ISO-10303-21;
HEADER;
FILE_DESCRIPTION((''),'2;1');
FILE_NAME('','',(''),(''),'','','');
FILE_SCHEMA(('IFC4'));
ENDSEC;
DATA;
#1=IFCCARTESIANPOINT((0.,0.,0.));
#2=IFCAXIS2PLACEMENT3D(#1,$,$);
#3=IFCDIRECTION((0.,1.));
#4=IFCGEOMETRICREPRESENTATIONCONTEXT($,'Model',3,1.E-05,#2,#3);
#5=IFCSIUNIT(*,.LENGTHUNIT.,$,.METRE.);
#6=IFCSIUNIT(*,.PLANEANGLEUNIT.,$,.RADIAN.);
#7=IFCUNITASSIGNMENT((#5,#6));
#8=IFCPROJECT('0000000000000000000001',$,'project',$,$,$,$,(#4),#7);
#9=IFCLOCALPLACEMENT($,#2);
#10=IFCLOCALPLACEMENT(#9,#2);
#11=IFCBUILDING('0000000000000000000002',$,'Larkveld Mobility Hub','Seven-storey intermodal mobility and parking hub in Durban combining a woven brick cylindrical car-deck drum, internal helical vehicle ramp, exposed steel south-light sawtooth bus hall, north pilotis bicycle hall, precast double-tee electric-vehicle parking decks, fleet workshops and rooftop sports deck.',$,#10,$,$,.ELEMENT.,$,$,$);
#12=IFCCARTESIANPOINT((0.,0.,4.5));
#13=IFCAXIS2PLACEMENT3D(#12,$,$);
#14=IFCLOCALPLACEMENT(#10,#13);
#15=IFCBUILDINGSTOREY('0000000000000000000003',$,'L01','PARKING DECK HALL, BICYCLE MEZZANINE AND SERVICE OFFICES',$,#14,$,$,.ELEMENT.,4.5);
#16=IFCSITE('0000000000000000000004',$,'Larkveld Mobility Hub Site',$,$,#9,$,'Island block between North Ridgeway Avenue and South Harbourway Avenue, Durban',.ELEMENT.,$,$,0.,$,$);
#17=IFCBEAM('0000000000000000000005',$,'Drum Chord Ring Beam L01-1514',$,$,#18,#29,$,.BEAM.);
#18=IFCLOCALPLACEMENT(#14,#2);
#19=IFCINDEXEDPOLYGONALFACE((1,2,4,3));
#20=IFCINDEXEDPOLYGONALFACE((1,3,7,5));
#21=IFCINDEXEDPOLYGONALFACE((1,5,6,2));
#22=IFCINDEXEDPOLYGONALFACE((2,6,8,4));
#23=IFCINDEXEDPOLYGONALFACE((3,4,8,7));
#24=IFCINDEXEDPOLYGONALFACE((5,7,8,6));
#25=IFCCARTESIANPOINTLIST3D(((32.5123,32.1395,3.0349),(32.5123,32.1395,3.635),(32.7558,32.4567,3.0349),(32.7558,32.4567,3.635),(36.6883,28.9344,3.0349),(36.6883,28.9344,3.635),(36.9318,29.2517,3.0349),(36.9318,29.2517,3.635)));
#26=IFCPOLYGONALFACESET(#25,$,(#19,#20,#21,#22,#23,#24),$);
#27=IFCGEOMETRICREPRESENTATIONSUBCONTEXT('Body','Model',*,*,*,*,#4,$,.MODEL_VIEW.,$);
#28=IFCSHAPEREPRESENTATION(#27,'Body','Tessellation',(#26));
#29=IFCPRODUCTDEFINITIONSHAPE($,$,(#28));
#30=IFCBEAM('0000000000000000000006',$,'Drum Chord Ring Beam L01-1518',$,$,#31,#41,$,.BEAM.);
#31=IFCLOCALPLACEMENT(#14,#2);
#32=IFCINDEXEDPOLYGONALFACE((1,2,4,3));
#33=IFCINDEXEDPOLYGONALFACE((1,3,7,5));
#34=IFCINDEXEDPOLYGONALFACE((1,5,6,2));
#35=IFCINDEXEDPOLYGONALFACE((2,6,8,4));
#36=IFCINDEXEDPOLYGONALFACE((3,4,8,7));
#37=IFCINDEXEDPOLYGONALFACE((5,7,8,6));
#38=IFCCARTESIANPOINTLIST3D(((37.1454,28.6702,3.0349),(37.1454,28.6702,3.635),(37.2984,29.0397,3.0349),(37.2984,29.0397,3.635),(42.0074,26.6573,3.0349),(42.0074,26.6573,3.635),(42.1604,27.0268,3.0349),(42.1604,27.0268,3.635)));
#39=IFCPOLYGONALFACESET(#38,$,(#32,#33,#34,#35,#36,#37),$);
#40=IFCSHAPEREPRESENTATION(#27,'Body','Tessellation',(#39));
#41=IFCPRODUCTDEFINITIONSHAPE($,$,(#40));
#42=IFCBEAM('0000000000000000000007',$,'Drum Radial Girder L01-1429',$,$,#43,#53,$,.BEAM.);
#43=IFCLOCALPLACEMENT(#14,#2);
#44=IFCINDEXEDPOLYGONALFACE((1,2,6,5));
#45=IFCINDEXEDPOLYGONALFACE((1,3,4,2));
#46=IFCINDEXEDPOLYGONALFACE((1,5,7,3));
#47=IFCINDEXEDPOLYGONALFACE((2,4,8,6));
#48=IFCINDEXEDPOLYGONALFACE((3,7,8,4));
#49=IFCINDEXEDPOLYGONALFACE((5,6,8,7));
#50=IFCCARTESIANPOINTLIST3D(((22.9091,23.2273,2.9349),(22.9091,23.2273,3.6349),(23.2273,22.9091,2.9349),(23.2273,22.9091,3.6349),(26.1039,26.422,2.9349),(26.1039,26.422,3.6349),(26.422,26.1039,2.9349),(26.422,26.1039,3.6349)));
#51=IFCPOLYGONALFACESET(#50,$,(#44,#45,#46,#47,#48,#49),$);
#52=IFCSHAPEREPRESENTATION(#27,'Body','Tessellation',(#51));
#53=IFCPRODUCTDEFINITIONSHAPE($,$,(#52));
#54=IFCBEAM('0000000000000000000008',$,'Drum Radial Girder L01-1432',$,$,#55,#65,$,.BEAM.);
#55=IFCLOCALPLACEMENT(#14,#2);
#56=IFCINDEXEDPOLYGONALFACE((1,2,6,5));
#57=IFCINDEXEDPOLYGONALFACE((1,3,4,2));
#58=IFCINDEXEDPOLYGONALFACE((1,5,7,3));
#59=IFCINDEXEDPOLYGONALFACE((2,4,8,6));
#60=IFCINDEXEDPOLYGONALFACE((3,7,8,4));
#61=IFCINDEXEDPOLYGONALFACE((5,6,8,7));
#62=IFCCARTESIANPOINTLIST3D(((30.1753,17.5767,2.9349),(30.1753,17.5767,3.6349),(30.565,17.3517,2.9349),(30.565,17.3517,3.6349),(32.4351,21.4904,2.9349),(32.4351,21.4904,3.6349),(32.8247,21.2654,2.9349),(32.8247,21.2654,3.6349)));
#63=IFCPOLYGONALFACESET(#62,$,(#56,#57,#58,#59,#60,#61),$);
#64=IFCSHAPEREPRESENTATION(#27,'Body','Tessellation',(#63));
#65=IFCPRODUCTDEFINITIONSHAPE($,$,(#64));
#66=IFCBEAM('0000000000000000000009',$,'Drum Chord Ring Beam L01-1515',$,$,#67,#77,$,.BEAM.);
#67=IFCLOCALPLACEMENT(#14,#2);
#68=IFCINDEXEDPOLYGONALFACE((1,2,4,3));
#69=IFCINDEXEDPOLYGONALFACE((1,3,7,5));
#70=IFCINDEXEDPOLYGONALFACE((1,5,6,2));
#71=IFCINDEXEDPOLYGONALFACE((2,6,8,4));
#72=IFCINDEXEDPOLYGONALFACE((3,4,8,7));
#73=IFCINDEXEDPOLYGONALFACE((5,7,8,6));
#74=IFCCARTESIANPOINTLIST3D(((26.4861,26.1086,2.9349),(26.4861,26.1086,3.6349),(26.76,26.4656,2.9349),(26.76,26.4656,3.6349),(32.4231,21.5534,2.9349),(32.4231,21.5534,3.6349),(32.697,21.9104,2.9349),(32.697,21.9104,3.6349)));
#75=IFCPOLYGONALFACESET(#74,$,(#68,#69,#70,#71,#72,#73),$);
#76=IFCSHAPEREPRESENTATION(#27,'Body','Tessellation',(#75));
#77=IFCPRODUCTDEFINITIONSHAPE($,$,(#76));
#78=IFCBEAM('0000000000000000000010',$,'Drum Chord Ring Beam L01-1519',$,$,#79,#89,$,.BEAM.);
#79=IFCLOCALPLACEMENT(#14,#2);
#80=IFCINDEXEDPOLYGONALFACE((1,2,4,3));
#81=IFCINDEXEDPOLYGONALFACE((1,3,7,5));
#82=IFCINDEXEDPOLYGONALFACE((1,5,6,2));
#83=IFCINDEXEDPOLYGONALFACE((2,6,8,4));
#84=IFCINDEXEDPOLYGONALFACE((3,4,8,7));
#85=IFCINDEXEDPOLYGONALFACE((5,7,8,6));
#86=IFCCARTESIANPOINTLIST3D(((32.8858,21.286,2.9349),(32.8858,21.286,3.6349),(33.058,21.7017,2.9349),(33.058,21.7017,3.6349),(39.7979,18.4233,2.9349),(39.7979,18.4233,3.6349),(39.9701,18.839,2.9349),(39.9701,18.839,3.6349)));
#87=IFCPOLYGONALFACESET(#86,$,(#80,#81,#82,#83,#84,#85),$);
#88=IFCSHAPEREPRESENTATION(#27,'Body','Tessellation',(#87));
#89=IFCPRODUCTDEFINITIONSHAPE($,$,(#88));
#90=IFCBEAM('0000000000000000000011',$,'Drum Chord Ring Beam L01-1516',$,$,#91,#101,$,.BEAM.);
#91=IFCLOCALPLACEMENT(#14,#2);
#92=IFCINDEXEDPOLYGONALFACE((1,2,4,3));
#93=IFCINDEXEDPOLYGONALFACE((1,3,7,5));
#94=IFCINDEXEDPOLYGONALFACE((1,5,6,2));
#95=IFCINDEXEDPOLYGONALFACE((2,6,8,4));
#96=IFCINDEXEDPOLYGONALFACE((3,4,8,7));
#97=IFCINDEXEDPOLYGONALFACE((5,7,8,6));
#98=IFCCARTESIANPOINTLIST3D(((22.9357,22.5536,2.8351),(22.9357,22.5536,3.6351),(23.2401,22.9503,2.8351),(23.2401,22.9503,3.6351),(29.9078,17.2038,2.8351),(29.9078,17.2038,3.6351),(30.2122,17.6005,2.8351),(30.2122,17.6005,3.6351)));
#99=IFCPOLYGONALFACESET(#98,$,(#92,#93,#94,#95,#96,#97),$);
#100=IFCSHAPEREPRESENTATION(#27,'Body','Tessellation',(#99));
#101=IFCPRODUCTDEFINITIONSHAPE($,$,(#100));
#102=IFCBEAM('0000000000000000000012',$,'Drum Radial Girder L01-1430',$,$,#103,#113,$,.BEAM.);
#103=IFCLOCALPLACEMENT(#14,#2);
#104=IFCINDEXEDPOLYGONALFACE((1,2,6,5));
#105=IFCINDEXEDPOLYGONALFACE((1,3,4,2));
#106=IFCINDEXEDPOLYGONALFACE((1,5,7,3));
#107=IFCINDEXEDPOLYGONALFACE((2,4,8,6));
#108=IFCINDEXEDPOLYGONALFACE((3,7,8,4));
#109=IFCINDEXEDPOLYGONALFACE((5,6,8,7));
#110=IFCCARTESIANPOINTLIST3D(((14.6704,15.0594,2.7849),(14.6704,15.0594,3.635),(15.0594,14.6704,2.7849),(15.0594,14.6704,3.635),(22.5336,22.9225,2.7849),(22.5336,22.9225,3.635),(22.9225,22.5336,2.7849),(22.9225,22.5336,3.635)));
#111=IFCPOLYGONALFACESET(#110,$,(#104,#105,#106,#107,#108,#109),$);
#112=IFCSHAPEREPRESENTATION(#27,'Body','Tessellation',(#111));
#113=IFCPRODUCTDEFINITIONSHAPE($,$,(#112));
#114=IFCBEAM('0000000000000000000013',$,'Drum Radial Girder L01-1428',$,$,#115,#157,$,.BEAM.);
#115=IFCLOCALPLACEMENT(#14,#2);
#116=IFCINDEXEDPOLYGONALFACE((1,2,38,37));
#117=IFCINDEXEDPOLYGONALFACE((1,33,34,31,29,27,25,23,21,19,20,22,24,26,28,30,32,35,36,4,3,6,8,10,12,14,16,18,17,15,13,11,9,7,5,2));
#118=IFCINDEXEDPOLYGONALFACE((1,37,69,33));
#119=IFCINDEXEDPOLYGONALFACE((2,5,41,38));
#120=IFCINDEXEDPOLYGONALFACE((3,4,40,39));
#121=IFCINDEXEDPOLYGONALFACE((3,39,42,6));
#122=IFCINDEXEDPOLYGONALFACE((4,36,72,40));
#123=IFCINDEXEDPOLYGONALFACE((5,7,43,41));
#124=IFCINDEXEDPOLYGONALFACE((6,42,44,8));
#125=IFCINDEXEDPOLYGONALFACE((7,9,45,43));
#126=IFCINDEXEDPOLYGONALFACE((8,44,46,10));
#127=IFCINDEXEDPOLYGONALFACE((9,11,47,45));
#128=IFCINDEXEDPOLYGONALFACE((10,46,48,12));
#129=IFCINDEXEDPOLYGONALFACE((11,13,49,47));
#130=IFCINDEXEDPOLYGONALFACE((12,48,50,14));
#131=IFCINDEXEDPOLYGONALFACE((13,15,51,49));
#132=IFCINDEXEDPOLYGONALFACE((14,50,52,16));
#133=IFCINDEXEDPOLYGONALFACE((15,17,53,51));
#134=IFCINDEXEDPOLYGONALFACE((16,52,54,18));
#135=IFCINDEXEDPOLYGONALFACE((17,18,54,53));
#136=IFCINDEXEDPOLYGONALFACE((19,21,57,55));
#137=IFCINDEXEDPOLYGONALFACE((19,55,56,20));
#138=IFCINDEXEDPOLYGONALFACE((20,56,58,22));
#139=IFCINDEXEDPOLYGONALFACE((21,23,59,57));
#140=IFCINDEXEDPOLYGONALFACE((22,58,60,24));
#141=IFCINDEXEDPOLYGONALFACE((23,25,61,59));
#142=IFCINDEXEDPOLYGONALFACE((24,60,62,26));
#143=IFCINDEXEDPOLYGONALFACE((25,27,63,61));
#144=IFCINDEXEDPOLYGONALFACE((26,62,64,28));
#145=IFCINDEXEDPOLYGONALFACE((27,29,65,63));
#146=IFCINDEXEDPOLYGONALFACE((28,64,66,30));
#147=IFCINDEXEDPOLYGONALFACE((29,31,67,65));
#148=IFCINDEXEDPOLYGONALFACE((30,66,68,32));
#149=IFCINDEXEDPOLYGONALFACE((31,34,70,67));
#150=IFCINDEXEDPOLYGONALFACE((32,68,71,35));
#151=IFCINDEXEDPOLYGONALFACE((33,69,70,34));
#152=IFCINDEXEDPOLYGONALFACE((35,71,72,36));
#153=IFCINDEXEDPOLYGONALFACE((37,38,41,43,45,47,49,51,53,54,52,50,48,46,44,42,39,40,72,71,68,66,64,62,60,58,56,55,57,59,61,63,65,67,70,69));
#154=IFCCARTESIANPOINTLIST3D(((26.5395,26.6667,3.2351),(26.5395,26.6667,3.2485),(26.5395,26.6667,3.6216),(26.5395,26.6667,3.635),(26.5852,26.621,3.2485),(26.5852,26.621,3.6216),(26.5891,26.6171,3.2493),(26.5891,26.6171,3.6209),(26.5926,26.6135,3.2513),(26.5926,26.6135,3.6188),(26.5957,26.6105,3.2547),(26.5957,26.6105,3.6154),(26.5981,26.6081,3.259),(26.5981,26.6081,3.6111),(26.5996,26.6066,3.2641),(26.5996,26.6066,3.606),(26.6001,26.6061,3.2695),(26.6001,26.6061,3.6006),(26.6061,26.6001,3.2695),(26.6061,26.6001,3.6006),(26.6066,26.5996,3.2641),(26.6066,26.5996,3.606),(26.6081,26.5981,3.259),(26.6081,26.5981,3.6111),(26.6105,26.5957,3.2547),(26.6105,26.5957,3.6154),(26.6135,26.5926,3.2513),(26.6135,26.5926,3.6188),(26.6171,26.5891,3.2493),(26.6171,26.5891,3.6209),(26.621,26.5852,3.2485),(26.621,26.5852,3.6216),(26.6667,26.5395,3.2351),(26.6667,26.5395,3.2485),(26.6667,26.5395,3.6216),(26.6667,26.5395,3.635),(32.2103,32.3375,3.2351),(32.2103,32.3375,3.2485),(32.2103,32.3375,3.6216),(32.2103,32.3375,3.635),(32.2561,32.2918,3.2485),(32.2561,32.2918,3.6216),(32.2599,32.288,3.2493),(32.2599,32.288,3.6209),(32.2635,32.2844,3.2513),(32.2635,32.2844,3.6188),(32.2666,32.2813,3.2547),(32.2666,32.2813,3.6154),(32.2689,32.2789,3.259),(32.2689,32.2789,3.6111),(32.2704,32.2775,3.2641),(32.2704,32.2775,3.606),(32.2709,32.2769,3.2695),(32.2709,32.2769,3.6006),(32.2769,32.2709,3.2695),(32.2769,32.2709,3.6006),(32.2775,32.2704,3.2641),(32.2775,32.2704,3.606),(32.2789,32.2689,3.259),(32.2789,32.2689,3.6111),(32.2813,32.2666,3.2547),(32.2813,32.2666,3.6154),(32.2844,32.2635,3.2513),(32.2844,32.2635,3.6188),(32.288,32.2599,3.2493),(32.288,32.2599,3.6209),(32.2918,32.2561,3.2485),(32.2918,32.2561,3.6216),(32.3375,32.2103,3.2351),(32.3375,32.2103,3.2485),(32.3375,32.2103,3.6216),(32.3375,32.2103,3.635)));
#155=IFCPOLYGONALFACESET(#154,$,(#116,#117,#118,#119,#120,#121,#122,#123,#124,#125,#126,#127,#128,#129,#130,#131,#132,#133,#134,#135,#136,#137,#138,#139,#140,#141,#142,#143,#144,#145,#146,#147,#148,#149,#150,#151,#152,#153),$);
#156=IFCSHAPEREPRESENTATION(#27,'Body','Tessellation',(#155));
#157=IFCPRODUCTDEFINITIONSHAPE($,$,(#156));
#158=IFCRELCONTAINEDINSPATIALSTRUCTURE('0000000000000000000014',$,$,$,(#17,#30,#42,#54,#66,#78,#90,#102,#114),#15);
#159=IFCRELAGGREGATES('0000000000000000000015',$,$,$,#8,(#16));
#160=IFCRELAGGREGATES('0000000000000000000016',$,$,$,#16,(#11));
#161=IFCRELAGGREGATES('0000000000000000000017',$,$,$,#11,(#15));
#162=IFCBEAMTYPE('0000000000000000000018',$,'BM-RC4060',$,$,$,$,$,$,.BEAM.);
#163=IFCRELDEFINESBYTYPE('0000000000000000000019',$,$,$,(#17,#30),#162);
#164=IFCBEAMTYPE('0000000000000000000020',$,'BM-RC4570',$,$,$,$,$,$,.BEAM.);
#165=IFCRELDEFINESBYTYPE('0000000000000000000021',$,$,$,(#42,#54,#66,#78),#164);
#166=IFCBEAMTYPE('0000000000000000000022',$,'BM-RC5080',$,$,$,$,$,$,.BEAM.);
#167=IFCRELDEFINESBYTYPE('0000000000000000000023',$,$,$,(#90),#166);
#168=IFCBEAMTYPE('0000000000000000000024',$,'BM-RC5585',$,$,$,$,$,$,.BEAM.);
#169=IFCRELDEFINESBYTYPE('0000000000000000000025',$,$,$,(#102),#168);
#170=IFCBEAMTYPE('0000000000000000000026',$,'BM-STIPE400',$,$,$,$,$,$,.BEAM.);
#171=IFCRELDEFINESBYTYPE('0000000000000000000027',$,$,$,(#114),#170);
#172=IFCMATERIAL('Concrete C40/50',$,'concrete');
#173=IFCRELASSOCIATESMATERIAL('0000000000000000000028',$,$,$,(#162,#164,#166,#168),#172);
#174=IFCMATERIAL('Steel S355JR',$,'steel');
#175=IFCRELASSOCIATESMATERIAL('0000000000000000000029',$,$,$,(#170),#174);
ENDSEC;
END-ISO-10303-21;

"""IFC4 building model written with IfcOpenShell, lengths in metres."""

from ifc_helpers import new_model, si_unit, direction, frame, origin, origin_2d, place, context, subcontext, project, spatial, rectangle, i_section, extrude, material, material_profile, profile_set, type_object, element, save


model = new_model("IFC4")

# Units and contexts
model_context = context("Model", 3, precision=1e-05, world=origin(), true_north=direction((0.0, 1.0)))
body_context = subcontext(model_context, "Body", "Model", "MODEL_VIEW")
ifc_project = project(units=[si_unit("LENGTHUNIT", "METRE"), si_unit("PLANEANGLEUNIT", "RADIAN")], contexts=[model_context])

# Site, building, storey
site_placement = place(None, origin())
site = spatial("IfcSite", under=ifc_project, at=site_placement, Name="Larkveld Mobility Hub Site", LongName="Island block between North Ridgeway Avenue and South Harbourway Avenue, Durban", CompositionType="ELEMENT", RefElevation=0.0)
building_placement = place(site_placement, origin())
building = spatial("IfcBuilding", under=site, at=building_placement, Name="Larkveld Mobility Hub", Description="Seven-storey intermodal mobility and parking hub in Durban combining a woven brick cylindrical car-deck drum, internal helical vehicle ramp, exposed steel south-light sawtooth bus hall, north pilotis bicycle hall, precast double-tee electric-vehicle parking decks, fleet workshops and rooftop sports deck.", CompositionType="ELEMENT")
storey_placement = place(building_placement, frame((0.0, 0.0, 4.5)))
storey = spatial("IfcBuildingStorey", under=building, at=storey_placement, Name="L01", Description="PARKING DECK HALL, BICYCLE MEZZANINE AND SERVICE OFFICES", CompositionType="ELEMENT", Elevation=4.5)

# Shared definitions
ifc_material_1 = material(Name="Concrete C40/50", Category="concrete")

# Beams
ifc_material_profile_1 = material_profile(ifc_material_1, rectangle(XDim=0.3999, YDim=0.6001, at=origin_2d()), Name="RC BM 400x600")
ifc_profile_set_1 = profile_set([ifc_material_profile_1], Name="Concrete C40/50")
beam_type_1 = type_object("IfcBeamType", Name="BM-RC4060", PredefinedType="BEAM", material=ifc_profile_set_1)
beam_1_placement = place(storey_placement, frame((32.634, 32.2981, 3.335), z_axis=(0.793289, -0.608845, 0.0), x_axis=(0.608845, 0.793289, 0.0)))
element("IfcBeam", 1, at=beam_1_placement, inside=storey, type_object=beam_type_1, Name="Drum Chord Ring Beam L01-1514", PredefinedType="BEAM", context=body_context, shape_type="SweptSolid", body=[
    extrude(rectangle(XDim=0.3999, YDim=0.6001, at=origin_2d()), origin(), (0.0, 0.0, 1.0), 5.2642),
])
beam_2_placement = place(storey_placement, frame((37.2219, 28.855, 3.335), z_axis=(0.923946, -0.382523, 0.0), x_axis=(0.382523, 0.923946, 0.0)))
element("IfcBeam", 2, at=beam_2_placement, inside=storey, type_object=beam_type_1, Name="Drum Chord Ring Beam L01-1518", PredefinedType="BEAM", context=body_context, shape_type="SweptSolid", body=[
    extrude(rectangle(XDim=0.3999, YDim=0.6001, at=origin_2d()), origin(), (0.0, 0.0, 1.0), 5.2622),
])
ifc_material_profile_2 = material_profile(ifc_material_1, rectangle(XDim=0.45, YDim=0.7, at=origin_2d()), Name="RC BM 450x700")
ifc_profile_set_2 = profile_set([ifc_material_profile_2], Name="Concrete C40/50")
beam_type_2 = type_object("IfcBeamType", Name="BM-RC4570", PredefinedType="BEAM", material=ifc_profile_set_2)
beam_3_placement = place(storey_placement, frame((26.2629, 26.2629, 3.2849), z_axis=(-0.707107, -0.707107, 0.0), x_axis=(0.707107, -0.707107, 0.0)))
element("IfcBeam", 3, at=beam_3_placement, inside=storey, type_object=beam_type_2, Name="Drum Radial Girder L01-1429", PredefinedType="BEAM", context=body_context, shape_type="SweptSolid", body=[
    extrude(rectangle(XDim=0.45, YDim=0.7, at=origin_2d()), origin(), (0.0, 0.0, 1.0), 4.5181),
])
beam_4_placement = place(storey_placement, frame((32.6299, 21.3779, 3.2849), z_axis=(-0.50002, -0.866014, 0.0), x_axis=(0.866014, -0.50002, 0.0)))
element("IfcBeam", 4, at=beam_4_placement, inside=storey, type_object=beam_type_2, Name="Drum Radial Girder L01-1432", PredefinedType="BEAM", context=body_context, shape_type="SweptSolid", body=[
    extrude(rectangle(XDim=0.45, YDim=0.7, at=origin_2d()), origin(), (0.0, 0.0, 1.0), 4.5193),
])
beam_5_placement = place(storey_placement, frame((26.623, 26.2871, 3.2849), z_axis=(0.793383, -0.608723, 0.0), x_axis=(0.608723, 0.793383, 0.0)))
element("IfcBeam", 5, at=beam_5_placement, inside=storey, type_object=beam_type_2, Name="Drum Chord Ring Beam L01-1515", PredefinedType="BEAM", context=body_context, shape_type="SweptSolid", body=[
    extrude(rectangle(XDim=0.45, YDim=0.7, at=origin_2d()), origin(), (0.0, 0.0, 1.0), 7.4832),
])
beam_6_placement = place(storey_placement, frame((32.9719, 21.4939, 3.2849), z_axis=(0.923894, -0.38265, 0.0), x_axis=(0.38265, 0.923894, 0.0)))
element("IfcBeam", 6, at=beam_6_placement, inside=storey, type_object=beam_type_2, Name="Drum Chord Ring Beam L01-1519", PredefinedType="BEAM", context=body_context, shape_type="SweptSolid", body=[
    extrude(rectangle(XDim=0.45, YDim=0.7, at=origin_2d()), origin(), (0.0, 0.0, 1.0), 7.4814),
])
ifc_material_profile_3 = material_profile(ifc_material_1, rectangle(XDim=0.5, YDim=0.8, at=origin_2d()), Name="RC BM 500x800")
ifc_profile_set_3 = profile_set([ifc_material_profile_3], Name="Concrete C40/50")
beam_type_3 = type_object("IfcBeamType", Name="BM-RC5080", PredefinedType="BEAM", material=ifc_profile_set_3)
beam_7_placement = place(storey_placement, frame((23.0879, 22.752, 3.2351), z_axis=(0.793358, -0.608756, 0.0), x_axis=(0.608756, 0.793358, 0.0)))
element("IfcBeam", 7, at=beam_7_placement, inside=storey, type_object=beam_type_3, Name="Drum Chord Ring Beam L01-1516", PredefinedType="BEAM", context=body_context, shape_type="SweptSolid", body=[
    extrude(rectangle(XDim=0.5, YDim=0.8, at=origin_2d()), origin(), (0.0, 0.0, 1.0), 8.7881),
])
ifc_material_profile_4 = material_profile(ifc_material_1, rectangle(XDim=0.55, YDim=0.8501, at=origin_2d()), Name="RC BM 550x850")
ifc_profile_set_4 = profile_set([ifc_material_profile_4], Name="Concrete C40/50")
beam_type_4 = type_object("IfcBeamType", Name="BM-RC5585", PredefinedType="BEAM", material=ifc_profile_set_4)
beam_8_placement = place(storey_placement, frame((22.728, 22.728, 3.21), z_axis=(-0.707107, -0.707107, 0.0), x_axis=(0.707107, -0.707107, 0.0)))
element("IfcBeam", 8, at=beam_8_placement, inside=storey, type_object=beam_type_4, Name="Drum Radial Girder L01-1430", PredefinedType="BEAM", context=body_context, shape_type="SweptSolid", body=[
    extrude(rectangle(XDim=0.55, YDim=0.8501, at=origin_2d()), origin(), (0.0, 0.0, 1.0), 11.1201),
])
ifc_material_2 = material(Name="Steel S355JR", Category="steel")
ifc_material_profile_5 = material_profile(ifc_material_2, i_section(OverallWidth=0.1799, OverallDepth=0.3999, WebThickness=0.0085, FlangeThickness=0.0134, FilletRadius=0.021, at=origin_2d()), Name="IPE 400")
ifc_profile_set_5 = profile_set([ifc_material_profile_5], Name="Steel S355JR")
beam_type_5 = type_object("IfcBeamType", Name="BM-STIPE400", PredefinedType="BEAM", material=ifc_profile_set_5)
beam_9_placement = place(storey_placement, frame((32.2739, 32.2739, 3.4351), z_axis=(-0.707107, -0.707107, 0.0), x_axis=(0.707107, -0.707107, 0.0)))
element("IfcBeam", 9, at=beam_9_placement, inside=storey, type_object=beam_type_5, Name="Drum Radial Girder L01-1428", PredefinedType="BEAM", context=body_context, shape_type="SweptSolid", body=[
    extrude(i_section(OverallWidth=0.1799, OverallDepth=0.3999, WebThickness=0.0085, FlangeThickness=0.0134, FilletRadius=0.021, at=origin_2d()), origin(), (0.0, 0.0, 1.0), 8.0198),
])

save(model, "model.ifc")
